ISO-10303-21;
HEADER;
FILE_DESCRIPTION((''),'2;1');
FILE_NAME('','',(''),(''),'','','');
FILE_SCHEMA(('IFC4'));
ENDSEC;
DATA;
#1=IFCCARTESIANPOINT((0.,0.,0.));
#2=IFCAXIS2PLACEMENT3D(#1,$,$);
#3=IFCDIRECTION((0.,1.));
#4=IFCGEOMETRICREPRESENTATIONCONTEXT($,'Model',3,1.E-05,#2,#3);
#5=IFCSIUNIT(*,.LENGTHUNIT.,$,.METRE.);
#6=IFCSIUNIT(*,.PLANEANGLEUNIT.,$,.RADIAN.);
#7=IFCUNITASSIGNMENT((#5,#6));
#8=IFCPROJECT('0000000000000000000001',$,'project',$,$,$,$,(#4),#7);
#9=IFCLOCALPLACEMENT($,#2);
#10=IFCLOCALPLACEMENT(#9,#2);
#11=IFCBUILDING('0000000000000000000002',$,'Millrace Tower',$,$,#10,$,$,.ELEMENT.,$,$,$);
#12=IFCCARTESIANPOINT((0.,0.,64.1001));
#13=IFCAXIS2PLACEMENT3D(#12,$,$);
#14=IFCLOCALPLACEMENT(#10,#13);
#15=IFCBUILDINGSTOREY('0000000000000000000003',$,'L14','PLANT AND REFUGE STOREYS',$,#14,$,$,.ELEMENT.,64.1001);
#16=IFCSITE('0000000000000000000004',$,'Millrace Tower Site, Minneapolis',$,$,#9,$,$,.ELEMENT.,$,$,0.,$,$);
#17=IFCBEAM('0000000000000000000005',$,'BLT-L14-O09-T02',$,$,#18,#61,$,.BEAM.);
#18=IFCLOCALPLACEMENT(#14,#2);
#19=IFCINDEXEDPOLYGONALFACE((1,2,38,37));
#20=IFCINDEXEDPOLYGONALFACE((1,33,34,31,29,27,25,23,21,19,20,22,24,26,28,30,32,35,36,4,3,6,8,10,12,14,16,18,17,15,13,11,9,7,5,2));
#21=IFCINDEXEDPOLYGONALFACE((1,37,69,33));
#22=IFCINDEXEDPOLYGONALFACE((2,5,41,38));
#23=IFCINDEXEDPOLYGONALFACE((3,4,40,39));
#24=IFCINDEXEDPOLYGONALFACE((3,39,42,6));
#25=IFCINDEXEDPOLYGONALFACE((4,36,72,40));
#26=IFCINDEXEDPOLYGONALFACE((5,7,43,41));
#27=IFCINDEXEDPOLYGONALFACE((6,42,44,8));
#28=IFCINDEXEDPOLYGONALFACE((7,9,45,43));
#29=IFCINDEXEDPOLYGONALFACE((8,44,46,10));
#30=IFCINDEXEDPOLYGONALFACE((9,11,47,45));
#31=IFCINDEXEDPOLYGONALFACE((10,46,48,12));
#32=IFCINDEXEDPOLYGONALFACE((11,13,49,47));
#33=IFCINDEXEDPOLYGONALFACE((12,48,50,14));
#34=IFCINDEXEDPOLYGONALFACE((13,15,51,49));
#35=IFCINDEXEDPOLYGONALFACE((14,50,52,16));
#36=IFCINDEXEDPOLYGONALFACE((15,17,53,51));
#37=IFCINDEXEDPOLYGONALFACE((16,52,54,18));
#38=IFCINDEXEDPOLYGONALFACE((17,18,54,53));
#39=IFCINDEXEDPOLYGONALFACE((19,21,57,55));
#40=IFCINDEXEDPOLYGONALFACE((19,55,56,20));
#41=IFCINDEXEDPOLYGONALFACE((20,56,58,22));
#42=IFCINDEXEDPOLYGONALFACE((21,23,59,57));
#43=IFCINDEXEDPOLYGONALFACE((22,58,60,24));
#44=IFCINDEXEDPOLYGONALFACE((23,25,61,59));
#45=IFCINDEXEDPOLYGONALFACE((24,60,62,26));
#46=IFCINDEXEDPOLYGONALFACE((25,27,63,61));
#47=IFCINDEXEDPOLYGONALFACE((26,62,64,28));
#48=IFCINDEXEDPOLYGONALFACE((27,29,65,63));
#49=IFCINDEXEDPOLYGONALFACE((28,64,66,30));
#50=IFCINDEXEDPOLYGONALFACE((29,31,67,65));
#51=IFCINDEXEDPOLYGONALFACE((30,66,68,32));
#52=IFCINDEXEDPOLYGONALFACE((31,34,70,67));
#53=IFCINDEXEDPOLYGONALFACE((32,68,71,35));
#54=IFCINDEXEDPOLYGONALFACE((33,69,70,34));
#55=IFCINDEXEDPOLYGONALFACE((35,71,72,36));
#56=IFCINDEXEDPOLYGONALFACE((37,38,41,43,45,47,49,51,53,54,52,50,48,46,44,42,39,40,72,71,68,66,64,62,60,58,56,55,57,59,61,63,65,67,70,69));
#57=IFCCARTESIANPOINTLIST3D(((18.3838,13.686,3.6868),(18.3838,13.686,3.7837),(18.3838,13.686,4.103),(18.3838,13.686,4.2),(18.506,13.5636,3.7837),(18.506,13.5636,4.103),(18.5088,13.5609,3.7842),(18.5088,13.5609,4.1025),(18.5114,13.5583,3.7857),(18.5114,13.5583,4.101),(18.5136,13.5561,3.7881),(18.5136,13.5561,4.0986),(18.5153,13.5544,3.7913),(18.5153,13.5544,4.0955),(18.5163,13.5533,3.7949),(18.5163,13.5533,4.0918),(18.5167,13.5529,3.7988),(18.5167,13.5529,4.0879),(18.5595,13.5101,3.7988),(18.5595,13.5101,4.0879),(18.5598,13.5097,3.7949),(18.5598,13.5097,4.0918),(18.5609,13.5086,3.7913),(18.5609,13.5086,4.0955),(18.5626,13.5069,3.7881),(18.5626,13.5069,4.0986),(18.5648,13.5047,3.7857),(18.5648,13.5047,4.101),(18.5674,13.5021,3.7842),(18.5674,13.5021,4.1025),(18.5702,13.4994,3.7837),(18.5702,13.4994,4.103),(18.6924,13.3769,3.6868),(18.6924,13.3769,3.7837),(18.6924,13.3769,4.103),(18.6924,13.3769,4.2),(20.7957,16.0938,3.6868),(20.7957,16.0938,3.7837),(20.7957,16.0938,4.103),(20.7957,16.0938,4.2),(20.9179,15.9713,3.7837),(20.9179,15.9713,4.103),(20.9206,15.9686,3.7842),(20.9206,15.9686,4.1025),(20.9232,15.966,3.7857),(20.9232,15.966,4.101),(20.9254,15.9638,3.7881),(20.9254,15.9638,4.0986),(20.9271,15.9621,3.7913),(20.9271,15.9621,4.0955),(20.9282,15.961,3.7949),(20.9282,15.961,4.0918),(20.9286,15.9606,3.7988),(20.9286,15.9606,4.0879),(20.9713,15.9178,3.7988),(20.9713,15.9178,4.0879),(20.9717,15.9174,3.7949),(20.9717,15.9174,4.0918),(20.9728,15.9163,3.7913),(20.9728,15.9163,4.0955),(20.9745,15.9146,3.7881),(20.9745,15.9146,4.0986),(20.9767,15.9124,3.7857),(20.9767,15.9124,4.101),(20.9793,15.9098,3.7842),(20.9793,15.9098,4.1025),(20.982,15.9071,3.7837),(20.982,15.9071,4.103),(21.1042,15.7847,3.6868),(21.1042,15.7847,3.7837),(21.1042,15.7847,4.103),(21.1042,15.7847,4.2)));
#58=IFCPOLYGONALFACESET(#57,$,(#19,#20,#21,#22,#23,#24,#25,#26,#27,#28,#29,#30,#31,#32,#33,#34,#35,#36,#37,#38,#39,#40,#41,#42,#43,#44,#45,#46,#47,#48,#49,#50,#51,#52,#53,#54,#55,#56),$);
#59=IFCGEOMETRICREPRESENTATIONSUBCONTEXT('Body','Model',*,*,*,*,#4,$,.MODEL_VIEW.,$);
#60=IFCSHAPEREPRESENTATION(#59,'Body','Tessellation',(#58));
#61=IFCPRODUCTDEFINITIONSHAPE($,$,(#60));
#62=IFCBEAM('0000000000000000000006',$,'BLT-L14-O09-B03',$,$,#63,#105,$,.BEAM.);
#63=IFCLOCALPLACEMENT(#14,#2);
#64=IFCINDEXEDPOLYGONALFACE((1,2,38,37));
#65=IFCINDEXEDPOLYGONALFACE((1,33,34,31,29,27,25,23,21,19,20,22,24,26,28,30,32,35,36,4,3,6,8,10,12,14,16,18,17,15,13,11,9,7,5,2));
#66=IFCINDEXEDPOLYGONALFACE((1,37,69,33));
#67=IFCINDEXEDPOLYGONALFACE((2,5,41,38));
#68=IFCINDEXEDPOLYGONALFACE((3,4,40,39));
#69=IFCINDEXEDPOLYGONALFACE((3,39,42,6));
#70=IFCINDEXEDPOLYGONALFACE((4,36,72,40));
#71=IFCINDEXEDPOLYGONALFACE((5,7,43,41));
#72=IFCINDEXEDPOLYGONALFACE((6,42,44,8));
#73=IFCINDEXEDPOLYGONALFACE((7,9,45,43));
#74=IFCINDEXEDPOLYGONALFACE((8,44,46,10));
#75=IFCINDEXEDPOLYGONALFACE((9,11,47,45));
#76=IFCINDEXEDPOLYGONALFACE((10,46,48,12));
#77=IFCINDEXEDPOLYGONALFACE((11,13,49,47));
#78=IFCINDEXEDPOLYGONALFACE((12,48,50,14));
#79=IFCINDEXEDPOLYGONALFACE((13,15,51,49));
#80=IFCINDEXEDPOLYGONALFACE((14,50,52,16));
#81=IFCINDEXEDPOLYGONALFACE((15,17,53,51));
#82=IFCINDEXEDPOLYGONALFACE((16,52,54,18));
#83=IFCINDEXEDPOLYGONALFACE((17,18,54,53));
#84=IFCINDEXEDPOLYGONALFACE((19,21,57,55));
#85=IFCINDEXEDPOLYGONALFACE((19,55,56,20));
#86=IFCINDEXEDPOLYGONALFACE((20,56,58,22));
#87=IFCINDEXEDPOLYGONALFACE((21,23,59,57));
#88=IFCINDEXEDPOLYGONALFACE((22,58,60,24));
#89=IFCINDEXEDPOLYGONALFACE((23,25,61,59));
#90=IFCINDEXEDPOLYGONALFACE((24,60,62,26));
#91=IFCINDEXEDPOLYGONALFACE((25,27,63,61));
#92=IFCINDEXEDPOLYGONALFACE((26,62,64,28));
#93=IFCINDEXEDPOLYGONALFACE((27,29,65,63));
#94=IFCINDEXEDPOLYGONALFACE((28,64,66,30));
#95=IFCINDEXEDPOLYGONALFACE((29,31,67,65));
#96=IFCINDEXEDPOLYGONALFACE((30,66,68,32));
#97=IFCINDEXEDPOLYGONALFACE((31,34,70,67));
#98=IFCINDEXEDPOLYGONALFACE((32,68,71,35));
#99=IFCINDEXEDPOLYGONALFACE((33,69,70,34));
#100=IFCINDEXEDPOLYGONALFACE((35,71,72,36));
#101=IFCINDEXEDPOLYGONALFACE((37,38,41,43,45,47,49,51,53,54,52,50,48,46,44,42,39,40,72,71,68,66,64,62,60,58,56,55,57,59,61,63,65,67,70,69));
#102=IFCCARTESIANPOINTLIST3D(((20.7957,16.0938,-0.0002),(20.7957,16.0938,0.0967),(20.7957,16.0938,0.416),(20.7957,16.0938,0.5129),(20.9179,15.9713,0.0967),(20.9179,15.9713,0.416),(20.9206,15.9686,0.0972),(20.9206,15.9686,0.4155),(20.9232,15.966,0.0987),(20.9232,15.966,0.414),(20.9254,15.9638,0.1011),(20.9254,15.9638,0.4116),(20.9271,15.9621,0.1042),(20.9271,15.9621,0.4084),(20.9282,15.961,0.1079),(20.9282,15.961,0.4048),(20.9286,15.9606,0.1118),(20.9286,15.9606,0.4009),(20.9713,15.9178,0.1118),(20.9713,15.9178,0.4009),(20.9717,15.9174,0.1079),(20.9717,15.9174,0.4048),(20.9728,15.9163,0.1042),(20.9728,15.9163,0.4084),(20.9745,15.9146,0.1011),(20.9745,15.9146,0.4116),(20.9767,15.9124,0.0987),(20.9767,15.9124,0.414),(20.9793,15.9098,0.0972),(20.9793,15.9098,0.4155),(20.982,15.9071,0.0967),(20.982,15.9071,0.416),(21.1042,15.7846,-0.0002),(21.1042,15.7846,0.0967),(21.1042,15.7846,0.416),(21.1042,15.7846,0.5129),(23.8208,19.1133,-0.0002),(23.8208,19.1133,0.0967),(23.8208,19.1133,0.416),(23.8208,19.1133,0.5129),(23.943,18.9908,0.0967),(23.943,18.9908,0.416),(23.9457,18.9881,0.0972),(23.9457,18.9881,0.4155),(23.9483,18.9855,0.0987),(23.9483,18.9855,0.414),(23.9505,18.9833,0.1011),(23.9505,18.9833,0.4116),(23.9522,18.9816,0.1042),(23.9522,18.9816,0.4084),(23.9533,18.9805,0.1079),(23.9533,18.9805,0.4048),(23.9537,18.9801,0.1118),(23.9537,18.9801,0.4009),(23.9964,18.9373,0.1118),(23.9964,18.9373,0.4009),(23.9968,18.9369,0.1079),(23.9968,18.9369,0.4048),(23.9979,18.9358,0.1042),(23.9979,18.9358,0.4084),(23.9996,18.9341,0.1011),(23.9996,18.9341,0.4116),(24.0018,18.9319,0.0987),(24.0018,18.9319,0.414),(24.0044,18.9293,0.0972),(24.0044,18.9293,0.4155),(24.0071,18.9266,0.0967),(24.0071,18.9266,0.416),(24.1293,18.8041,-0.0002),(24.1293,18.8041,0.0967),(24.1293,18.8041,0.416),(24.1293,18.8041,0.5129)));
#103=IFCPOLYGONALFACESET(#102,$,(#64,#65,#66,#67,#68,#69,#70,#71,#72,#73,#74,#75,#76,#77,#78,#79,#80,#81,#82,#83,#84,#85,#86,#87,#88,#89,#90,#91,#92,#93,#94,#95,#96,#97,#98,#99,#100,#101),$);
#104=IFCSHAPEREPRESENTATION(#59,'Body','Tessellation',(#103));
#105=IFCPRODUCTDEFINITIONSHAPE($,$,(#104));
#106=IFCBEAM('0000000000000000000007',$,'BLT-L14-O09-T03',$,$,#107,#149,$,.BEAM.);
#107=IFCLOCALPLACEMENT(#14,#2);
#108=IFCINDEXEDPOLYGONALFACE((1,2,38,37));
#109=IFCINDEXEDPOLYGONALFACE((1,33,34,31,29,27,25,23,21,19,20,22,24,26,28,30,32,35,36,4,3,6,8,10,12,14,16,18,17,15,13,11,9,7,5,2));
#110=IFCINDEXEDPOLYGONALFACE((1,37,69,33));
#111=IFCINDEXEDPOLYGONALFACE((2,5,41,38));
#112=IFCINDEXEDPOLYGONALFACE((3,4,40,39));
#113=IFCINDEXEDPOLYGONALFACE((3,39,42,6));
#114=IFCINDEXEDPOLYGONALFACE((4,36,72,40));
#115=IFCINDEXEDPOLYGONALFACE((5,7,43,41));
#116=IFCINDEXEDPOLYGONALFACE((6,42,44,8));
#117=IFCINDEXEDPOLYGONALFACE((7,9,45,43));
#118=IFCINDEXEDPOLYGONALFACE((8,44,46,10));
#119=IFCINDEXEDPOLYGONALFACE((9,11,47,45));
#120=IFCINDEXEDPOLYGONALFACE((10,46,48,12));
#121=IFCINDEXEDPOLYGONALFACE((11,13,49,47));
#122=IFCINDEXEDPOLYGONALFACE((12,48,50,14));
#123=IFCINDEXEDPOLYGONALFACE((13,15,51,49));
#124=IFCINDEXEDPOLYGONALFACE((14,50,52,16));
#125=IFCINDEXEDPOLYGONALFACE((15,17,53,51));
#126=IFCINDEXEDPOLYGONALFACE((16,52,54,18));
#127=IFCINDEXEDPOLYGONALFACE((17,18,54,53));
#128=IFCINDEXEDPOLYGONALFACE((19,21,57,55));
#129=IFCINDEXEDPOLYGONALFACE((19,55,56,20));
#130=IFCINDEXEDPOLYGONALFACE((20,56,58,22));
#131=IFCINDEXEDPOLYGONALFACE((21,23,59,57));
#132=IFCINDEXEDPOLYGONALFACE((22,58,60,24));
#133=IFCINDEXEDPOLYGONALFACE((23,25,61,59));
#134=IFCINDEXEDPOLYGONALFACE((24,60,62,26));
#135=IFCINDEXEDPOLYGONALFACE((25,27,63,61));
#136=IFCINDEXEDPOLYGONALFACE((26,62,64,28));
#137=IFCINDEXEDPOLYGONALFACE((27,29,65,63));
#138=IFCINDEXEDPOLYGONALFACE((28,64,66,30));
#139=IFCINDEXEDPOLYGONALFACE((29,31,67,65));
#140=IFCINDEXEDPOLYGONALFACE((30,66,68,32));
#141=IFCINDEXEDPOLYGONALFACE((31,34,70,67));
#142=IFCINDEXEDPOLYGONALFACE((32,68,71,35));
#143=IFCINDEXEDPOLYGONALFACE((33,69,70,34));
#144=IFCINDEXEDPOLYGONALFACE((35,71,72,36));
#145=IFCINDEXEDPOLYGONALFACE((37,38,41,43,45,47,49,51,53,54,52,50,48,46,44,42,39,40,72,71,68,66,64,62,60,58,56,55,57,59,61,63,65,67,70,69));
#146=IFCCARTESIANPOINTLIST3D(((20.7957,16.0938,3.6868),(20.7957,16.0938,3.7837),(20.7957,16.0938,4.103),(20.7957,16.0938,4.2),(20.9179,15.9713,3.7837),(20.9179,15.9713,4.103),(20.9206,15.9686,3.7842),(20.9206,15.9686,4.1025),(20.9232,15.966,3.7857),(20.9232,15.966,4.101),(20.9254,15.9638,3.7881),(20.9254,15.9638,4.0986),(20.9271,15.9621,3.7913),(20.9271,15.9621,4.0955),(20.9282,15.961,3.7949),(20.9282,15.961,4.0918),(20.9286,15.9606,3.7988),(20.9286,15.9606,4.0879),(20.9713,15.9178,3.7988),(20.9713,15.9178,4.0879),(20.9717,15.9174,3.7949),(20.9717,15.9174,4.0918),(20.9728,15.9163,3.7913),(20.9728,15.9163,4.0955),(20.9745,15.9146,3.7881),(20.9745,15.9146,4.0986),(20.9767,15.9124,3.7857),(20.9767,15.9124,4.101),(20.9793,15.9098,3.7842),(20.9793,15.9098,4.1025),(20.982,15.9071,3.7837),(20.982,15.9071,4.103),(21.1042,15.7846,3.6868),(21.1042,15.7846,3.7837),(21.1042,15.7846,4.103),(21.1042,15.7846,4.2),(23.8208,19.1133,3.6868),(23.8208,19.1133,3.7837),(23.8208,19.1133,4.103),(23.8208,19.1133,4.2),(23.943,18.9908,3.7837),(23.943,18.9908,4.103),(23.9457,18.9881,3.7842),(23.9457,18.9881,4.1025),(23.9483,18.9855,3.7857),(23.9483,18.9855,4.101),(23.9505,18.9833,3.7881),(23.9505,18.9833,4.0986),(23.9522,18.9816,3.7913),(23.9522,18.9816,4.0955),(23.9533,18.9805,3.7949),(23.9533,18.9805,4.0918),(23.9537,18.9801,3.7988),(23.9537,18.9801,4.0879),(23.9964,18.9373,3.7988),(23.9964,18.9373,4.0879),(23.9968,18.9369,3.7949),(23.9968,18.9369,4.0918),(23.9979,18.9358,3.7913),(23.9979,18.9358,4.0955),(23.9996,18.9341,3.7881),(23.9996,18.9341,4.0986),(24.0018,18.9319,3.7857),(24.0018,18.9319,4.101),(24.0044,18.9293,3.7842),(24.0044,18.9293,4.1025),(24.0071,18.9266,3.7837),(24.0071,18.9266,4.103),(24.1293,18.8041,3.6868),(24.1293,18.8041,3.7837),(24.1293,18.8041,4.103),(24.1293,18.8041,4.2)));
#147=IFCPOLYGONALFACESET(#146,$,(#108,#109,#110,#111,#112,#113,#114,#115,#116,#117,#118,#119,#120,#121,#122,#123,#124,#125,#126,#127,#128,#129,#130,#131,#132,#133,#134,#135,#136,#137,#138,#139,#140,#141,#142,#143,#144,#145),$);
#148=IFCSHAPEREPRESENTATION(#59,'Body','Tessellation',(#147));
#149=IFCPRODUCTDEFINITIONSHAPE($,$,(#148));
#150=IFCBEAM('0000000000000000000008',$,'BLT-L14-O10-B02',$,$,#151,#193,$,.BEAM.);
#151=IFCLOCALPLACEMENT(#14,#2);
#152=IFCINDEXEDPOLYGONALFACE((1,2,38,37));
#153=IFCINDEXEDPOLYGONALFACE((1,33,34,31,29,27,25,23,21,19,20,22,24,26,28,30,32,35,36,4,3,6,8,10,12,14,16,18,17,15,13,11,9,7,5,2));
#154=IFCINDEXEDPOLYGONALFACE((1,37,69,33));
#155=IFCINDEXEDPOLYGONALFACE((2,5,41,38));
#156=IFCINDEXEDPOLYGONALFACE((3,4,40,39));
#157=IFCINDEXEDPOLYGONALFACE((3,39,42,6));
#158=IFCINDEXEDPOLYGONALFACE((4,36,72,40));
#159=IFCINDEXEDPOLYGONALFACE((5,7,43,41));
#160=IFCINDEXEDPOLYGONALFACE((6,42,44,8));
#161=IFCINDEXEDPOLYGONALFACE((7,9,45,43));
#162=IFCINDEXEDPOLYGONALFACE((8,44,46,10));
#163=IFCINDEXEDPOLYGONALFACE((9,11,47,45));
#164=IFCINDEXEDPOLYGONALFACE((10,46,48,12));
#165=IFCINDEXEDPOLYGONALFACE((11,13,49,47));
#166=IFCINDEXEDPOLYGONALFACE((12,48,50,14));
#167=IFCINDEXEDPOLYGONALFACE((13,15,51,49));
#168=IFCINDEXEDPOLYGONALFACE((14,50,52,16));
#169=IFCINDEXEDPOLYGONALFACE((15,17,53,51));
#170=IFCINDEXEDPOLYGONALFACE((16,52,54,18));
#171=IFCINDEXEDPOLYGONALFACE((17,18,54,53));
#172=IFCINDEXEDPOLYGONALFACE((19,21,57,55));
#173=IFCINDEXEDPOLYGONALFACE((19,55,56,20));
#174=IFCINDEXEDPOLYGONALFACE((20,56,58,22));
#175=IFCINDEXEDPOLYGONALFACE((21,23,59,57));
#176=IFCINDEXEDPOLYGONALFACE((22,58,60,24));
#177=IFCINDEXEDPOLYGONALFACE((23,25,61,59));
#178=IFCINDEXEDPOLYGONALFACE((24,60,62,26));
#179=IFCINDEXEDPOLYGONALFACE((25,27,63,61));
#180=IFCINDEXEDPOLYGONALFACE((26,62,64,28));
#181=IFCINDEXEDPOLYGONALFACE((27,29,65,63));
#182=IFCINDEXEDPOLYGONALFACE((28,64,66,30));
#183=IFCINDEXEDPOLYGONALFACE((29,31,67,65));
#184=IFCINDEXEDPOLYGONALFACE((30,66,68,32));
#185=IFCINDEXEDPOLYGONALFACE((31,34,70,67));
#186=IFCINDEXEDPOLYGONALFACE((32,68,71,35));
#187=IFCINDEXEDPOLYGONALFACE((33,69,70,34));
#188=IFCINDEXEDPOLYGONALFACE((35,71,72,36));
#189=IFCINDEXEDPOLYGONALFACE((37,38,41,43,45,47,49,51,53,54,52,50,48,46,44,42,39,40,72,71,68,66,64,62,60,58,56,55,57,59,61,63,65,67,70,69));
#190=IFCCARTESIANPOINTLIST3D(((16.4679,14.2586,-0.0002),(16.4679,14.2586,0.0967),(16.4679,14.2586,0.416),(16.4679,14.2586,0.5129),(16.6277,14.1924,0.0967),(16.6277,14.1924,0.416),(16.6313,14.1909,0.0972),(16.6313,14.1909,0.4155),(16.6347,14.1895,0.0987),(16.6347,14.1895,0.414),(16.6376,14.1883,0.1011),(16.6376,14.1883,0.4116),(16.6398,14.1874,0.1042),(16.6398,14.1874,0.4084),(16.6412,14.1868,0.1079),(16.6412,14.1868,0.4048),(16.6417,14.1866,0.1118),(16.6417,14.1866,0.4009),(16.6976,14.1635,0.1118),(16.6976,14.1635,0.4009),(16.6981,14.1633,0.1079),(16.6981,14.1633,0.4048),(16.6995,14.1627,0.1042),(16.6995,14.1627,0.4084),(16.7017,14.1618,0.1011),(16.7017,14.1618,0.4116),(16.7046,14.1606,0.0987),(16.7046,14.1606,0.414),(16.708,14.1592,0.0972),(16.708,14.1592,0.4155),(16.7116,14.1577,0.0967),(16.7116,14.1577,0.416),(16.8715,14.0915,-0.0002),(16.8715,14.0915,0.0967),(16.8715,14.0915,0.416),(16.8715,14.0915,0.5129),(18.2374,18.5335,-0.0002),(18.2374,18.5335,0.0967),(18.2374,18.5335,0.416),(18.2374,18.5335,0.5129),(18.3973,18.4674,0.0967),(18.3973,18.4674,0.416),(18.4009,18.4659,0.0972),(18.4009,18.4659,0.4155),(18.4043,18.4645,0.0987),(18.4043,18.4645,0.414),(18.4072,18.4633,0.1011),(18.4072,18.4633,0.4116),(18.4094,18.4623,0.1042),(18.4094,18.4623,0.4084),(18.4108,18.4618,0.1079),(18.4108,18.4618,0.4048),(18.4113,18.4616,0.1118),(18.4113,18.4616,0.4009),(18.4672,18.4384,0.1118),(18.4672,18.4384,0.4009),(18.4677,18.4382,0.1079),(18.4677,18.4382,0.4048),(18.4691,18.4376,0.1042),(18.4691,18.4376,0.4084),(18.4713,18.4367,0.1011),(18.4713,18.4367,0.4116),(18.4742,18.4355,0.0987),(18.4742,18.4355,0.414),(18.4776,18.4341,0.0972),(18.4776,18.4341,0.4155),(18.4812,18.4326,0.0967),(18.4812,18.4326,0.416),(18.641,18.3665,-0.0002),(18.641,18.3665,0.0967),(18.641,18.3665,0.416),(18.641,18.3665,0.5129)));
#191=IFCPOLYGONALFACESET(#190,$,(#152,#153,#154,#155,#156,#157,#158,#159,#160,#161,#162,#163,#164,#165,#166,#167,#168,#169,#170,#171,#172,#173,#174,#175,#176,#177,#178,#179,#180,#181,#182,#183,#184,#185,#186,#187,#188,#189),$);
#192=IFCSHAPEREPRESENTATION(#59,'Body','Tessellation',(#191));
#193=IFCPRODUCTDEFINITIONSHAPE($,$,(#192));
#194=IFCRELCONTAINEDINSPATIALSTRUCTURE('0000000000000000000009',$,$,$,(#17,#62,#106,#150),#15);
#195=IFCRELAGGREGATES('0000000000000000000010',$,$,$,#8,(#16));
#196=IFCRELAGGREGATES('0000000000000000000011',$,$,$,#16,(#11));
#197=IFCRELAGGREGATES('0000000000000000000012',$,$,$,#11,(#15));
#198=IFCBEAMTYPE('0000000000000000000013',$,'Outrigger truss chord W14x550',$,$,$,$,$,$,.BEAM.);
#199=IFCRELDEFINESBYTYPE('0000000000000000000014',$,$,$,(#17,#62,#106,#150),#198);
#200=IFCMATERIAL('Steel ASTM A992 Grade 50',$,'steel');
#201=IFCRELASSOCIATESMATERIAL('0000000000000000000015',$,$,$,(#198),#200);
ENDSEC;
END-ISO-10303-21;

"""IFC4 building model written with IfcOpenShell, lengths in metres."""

from ifc_helpers import new_model, si_unit, direction, frame, origin, origin_2d, place, context, subcontext, project, spatial, i_section, extrude, material, material_profile, profile_set, type_object, element, save


model = new_model("IFC4")

# Units and contexts
model_context = context("Model", 3, precision=1e-05, world=origin(), true_north=direction((0.0, 1.0)))
body_context = subcontext(model_context, "Body", "Model", "MODEL_VIEW")
ifc_project = project(units=[si_unit("LENGTHUNIT", "METRE"), si_unit("PLANEANGLEUNIT", "RADIAN")], contexts=[model_context])

# Site, building, storey
site_placement = place(None, origin())
site = spatial("IfcSite", under=ifc_project, at=site_placement, Name="Millrace Tower Site, Minneapolis", CompositionType="ELEMENT", RefElevation=0.0)
building_placement = place(site_placement, origin())
building = spatial("IfcBuilding", under=site, at=building_placement, Name="Millrace Tower", CompositionType="ELEMENT")
storey_placement = place(building_placement, frame((0.0, 0.0, 64.1001)))
storey = spatial("IfcBuildingStorey", under=building, at=storey_placement, Name="L14", Description="PLANT AND REFUGE STOREYS", CompositionType="ELEMENT", Elevation=64.1001)

# Beams
ifc_material_1 = material(Name="Steel ASTM A992 Grade 50", Category="steel")
ifc_material_profile_1 = material_profile(ifc_material_1, i_section(OverallWidth=0.4368, OverallDepth=0.5132, WebThickness=0.0605, FlangeThickness=0.0969, FilletRadius=0.0151, at=origin_2d()))
ifc_profile_set_1 = profile_set([ifc_material_profile_1], Name="Steel ASTM A992 Grade 50")
beam_type_1 = type_object("IfcBeamType", Name="Outrigger truss chord W14x550", PredefinedType="BEAM", material=ifc_profile_set_1)
beam_1_placement = place(storey_placement, frame((18.5381, 13.5315, 3.9434), z_axis=(0.707715, 0.706498, 0.0), x_axis=(-0.706498, 0.707715, 0.0)))
element("IfcBeam", 1, at=beam_1_placement, inside=storey, type_object=beam_type_1, Name="BLT-L14-O09-T02", PredefinedType="BEAM", context=body_context, shape_type="SweptSolid", body=[
    extrude(i_section(OverallWidth=0.4368, OverallDepth=0.5132, WebThickness=0.0605, FlangeThickness=0.0969, FilletRadius=0.0151, at=origin_2d()), origin(), (0.0, 0.0, 1.0), 3.408),
])
for number, where, z_axis, x_axis, name in (
    (2, (20.95, 15.9392, 0.2563), (0.707763, 0.70645, 0.0), (-0.70645, 0.707763, 0.0), "BLT-L14-O09-B03"),
    (3, (20.95, 15.9392, 3.9434), (0.707763, 0.70645, 0.0), (-0.70645, 0.707763, 0.0), "BLT-L14-O09-T03"),
):
    element("IfcBeam", number, at=place(storey_placement, frame(where, z_axis=z_axis, x_axis=x_axis)), inside=storey, type_object=beam_type_1, Name=name, PredefinedType="BEAM", context=body_context, shape_type="SweptSolid", body=[
        extrude(i_section(OverallWidth=0.4368, OverallDepth=0.5132, WebThickness=0.0605, FlangeThickness=0.0969, FilletRadius=0.0151, at=origin_2d()), origin(), (0.0, 0.0, 1.0), 4.2742),
    ])
for number, where, z_axis, x_axis, name in (
    (4, (16.6697, 14.175, 0.2563), (0.382464, 0.923971, 0.0), (-0.923971, 0.382464, 0.0), "BLT-L14-O10-B02"),
):
    element("IfcBeam", number, at=place(storey_placement, frame(where, z_axis=z_axis, x_axis=x_axis)), inside=storey, type_object=beam_type_1, Name=name, PredefinedType="BEAM", context=body_context, shape_type="SweptSolid", body=[
        extrude(i_section(OverallWidth=0.4368, OverallDepth=0.5132, WebThickness=0.0605, FlangeThickness=0.0969, FilletRadius=0.0151, at=origin_2d()), origin(), (0.0, 0.0, 1.0), 4.6267),
    ])

save(model, "model.ifc")
